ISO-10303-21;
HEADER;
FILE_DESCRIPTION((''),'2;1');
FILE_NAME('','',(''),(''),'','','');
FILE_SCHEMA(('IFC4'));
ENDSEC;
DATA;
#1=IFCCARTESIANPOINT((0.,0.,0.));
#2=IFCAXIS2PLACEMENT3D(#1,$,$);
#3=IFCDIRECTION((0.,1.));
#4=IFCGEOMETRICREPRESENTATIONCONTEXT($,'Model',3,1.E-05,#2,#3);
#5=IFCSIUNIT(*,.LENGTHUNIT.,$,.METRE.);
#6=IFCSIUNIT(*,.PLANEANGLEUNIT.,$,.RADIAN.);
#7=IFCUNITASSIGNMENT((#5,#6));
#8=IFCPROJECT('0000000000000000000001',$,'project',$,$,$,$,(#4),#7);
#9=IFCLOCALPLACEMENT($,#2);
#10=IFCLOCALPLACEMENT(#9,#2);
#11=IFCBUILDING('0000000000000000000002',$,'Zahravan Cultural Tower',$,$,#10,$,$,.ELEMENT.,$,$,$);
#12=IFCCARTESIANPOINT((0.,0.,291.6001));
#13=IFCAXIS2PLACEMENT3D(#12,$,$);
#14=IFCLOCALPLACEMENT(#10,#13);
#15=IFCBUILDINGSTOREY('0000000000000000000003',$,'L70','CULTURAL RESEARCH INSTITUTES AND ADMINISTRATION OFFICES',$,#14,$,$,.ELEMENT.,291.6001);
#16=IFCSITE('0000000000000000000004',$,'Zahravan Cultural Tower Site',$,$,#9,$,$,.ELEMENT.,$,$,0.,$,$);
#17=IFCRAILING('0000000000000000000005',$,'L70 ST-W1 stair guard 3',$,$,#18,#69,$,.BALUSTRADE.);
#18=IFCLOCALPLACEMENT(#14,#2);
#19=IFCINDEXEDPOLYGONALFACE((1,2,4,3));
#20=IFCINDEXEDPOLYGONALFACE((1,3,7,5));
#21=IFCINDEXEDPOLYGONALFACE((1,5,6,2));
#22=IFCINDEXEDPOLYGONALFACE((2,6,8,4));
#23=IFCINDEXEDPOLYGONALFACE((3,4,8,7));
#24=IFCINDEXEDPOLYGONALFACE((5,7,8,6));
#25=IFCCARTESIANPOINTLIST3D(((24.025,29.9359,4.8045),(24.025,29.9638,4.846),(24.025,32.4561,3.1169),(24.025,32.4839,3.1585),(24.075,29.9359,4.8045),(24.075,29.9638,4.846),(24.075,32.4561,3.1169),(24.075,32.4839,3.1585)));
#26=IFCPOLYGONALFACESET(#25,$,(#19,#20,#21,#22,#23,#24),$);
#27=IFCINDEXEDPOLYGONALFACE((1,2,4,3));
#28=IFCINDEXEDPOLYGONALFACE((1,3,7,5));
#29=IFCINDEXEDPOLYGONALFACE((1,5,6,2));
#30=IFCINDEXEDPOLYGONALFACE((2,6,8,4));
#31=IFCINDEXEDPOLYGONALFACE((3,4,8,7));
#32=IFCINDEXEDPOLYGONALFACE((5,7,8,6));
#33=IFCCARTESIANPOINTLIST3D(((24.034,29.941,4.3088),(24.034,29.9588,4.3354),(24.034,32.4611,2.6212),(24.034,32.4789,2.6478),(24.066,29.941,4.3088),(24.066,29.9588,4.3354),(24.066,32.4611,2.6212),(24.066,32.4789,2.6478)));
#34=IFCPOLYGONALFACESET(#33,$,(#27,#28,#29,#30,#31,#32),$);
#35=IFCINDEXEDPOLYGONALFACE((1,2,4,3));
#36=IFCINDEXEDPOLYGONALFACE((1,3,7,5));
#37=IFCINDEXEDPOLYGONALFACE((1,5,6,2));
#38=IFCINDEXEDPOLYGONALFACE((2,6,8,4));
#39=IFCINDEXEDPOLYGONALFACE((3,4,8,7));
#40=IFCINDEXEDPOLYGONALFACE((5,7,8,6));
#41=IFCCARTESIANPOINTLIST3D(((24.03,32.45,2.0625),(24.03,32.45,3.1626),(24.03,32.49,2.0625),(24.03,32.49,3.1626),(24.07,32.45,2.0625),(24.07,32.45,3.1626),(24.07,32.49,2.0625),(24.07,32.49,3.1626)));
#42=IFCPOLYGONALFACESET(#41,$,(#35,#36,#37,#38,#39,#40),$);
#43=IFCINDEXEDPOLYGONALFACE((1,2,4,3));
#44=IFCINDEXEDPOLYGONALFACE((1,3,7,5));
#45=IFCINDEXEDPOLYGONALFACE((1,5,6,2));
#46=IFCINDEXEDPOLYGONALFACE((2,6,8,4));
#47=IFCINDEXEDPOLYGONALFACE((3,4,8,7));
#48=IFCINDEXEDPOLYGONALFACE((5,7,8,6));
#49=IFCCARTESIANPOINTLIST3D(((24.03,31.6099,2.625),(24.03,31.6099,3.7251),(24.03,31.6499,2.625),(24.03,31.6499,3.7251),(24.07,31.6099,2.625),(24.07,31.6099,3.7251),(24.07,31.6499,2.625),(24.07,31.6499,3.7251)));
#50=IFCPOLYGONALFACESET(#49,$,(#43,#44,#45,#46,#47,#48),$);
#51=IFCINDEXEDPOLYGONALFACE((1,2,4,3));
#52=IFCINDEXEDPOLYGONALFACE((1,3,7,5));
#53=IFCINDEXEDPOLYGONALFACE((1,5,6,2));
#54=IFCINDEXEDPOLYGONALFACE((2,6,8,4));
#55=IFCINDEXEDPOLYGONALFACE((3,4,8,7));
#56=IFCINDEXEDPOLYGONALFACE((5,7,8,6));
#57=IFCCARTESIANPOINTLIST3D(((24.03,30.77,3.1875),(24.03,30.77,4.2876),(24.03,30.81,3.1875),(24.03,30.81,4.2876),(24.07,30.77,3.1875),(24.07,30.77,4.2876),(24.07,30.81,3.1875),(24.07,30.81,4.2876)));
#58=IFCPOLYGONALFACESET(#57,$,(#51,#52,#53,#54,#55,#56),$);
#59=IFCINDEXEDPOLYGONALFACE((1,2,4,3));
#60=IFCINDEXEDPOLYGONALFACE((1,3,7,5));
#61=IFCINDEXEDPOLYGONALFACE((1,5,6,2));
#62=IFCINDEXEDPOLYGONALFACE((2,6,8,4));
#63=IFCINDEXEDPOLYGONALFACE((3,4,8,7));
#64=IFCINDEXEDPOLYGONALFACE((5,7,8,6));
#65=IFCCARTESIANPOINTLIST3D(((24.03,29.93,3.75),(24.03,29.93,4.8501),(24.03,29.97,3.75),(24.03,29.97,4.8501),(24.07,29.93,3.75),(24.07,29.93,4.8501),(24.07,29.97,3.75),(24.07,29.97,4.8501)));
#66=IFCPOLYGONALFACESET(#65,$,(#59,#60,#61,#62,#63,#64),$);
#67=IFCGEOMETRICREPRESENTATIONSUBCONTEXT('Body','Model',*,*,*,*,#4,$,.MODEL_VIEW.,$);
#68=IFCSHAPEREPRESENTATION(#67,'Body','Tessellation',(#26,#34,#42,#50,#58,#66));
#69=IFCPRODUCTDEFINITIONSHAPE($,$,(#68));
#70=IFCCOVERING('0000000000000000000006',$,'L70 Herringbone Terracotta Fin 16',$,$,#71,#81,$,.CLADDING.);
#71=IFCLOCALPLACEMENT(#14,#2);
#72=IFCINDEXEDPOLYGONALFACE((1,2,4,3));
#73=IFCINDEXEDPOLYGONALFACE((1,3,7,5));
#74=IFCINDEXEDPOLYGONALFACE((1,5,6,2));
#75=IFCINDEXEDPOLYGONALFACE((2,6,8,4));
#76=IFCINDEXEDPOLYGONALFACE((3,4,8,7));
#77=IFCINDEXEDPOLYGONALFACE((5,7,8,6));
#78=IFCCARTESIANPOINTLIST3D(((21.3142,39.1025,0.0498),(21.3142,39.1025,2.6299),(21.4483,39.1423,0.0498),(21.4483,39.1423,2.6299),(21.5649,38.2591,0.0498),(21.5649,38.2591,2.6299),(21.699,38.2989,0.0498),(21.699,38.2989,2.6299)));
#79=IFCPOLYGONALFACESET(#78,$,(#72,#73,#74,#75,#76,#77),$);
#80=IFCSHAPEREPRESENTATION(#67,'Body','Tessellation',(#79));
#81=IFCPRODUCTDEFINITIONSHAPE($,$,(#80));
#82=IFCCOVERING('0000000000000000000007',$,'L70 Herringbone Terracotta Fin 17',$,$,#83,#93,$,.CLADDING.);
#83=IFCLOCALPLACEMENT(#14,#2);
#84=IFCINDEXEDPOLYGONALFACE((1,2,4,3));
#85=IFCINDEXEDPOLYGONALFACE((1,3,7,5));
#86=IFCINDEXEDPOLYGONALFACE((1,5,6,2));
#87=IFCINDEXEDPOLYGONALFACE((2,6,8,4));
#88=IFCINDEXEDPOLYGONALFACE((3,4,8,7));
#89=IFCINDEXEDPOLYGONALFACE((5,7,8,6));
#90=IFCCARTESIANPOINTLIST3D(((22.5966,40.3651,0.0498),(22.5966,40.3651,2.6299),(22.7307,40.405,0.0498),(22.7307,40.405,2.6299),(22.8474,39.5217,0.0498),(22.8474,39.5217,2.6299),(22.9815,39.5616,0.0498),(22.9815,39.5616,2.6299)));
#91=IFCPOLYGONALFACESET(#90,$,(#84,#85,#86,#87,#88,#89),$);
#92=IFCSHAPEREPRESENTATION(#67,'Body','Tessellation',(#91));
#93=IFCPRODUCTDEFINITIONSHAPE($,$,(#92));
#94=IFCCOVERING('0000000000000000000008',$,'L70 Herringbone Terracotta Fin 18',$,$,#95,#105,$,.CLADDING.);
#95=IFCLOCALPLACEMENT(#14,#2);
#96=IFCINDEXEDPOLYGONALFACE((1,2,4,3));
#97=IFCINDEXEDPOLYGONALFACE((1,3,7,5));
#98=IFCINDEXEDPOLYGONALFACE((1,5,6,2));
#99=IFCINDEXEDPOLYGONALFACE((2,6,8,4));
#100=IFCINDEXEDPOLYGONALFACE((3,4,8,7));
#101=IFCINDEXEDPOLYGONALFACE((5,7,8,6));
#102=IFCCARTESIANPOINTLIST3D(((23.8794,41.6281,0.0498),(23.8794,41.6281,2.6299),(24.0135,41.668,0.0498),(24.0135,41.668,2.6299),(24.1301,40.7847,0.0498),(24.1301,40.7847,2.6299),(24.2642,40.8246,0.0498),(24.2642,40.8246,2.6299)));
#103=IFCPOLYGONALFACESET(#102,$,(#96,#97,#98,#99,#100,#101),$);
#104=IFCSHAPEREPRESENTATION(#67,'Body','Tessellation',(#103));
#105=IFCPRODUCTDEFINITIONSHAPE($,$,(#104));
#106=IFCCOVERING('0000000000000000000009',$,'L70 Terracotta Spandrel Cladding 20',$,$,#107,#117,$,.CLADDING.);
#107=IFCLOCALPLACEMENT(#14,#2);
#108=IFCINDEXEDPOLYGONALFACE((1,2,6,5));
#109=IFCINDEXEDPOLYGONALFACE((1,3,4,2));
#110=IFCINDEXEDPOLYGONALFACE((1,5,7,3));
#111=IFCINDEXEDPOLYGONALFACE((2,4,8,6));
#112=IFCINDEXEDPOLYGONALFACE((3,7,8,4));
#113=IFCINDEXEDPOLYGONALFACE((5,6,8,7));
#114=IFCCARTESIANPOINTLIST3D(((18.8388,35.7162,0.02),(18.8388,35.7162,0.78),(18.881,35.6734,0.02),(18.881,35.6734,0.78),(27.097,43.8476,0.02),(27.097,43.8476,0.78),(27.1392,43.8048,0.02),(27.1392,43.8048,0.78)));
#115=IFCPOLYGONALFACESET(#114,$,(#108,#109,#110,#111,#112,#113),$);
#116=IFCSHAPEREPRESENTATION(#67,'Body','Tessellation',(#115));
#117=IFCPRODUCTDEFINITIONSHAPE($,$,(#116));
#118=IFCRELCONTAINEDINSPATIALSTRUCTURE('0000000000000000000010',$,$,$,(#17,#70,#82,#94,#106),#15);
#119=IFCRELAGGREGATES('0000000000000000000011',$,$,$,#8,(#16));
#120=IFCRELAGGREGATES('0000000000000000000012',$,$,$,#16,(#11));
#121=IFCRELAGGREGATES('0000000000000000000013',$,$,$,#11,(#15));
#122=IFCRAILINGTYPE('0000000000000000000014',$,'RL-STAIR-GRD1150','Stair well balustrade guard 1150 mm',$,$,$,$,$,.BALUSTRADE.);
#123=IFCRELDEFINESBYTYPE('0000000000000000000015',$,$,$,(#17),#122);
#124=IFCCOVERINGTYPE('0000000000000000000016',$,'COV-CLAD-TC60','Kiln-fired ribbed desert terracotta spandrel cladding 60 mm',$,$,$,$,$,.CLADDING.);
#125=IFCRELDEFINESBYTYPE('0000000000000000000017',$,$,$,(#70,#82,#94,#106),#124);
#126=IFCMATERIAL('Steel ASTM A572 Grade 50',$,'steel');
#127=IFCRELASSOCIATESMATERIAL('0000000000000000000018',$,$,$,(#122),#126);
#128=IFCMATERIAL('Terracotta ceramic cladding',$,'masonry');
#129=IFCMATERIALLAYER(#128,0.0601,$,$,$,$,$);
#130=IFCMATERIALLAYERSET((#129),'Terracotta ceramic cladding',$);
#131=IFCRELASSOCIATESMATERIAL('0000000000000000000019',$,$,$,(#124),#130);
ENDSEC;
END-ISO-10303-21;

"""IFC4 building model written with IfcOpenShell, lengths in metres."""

from ifc_helpers import new_model, si_unit, direction, frame, origin, origin_2d, place, context, subcontext, project, spatial, rectangle, extrude, source, transform, mapped, material, layer, layer_set, type_object, element, save


model = new_model("IFC4")

# Units and contexts
model_context = context("Model", 3, precision=1e-05, world=origin(), true_north=direction((0.0, 1.0)))
body_context = subcontext(model_context, "Body", "Model", "MODEL_VIEW")
ifc_project = project(units=[si_unit("LENGTHUNIT", "METRE"), si_unit("PLANEANGLEUNIT", "RADIAN")], contexts=[model_context])

# Site, building, storey
site_placement = place(None, origin())
site = spatial("IfcSite", under=ifc_project, at=site_placement, Name="Zahravan Cultural Tower Site", CompositionType="ELEMENT", RefElevation=0.0)
building_placement = place(site_placement, origin())
building = spatial("IfcBuilding", under=site, at=building_placement, Name="Zahravan Cultural Tower", CompositionType="ELEMENT")
storey_placement = place(building_placement, frame((0.0, 0.0, 291.6001)))
storey = spatial("IfcBuildingStorey", under=building, at=storey_placement, Name="L70", Description="CULTURAL RESEARCH INSTITUTES AND ADMINISTRATION OFFICES", CompositionType="ELEMENT", Elevation=291.6001)

# Railing
ifc_material_1 = material(Name="Steel ASTM A572 Grade 50", Category="steel")
railing_type = type_object("IfcRailingType", Name="RL-STAIR-GRD1150", Description="Stair well balustrade guard 1150 mm", PredefinedType="BALUSTRADE", material=ifc_material_1)
railing_placement = place(storey_placement, frame((24.05, 32.47, 2.0625)))
element("IfcRailing", 1, at=railing_placement, inside=storey, type_object=railing_type, Name="L70 ST-W1 stair guard 3", PredefinedType="BALUSTRADE", context=body_context, shape_type="SweptSolid", body=[
    extrude(rectangle(XDim=0.05, YDim=0.05, at=origin_2d()), frame((0.0, 0.0, 1.0752), z_axis=(0.0, -0.830909, 0.556408), x_axis=(1.0, 0.0, 0.0)), (0.0, 0.0, 1.0), 3.033),
    extrude(rectangle(XDim=0.032, YDim=0.032, at=origin_2d()), frame((0.0, 0.0, 0.572), z_axis=(0.0, -0.830909, 0.556408), x_axis=(1.0, 0.0, 0.0)), (0.0, 0.0, 1.0), 3.033),
    extrude(rectangle(XDim=0.04, YDim=0.04, at=origin_2d()), origin(), (0.0, 0.0, 1.0), 1.1001),
    extrude(rectangle(XDim=0.04, YDim=0.04, at=origin_2d()), frame((0.0, -0.8401, 0.5625)), (0.0, 0.0, 1.0), 1.1001),
    extrude(rectangle(XDim=0.04, YDim=0.04, at=origin_2d()), frame((0.0, -1.6799, 1.125)), (0.0, 0.0, 1.0), 1.1001),
    extrude(rectangle(XDim=0.04, YDim=0.04, at=origin_2d()), frame((0.0, -2.52, 1.6875)), (0.0, 0.0, 1.0), 1.1001),
])

# Coverings
ifc_material_2 = material(Name="Terracotta ceramic cladding", Category="masonry")
ifc_layer_1 = layer(ifc_material_2, 0.0601)
ifc_layer_set_1 = layer_set([ifc_layer_1], Name="Terracotta ceramic cladding")
covering_type = type_object("IfcCoveringType", Name="COV-CLAD-TC60", Description="Kiln-fired ribbed desert terracotta spandrel cladding 60 mm", PredefinedType="CLADDING", material=ifc_layer_set_1)
shared_shape_1 = source(origin(), body_context, "Body", "SweptSolid", [
    extrude(rectangle(XDim=0.8799, YDim=0.1399, at=origin_2d()), origin(), (0.0, 0.0, 1.0), 2.5801),
])
for number, where, z_axis, x_axis, name in (
    (2, (21.5066, 38.7007, 0.0498), (0.0, 0.0, 1.0), (-0.284969, 0.958537, 0.0), "L70 Herringbone Terracotta Fin 16"),
    (3, (22.7891, 39.9634, 0.0498), (0.0, 0.0, 1.0), (-0.284969, 0.958537, 0.0), "L70 Herringbone Terracotta Fin 17"),
    (4, (24.0718, 41.2263, 0.0498), (0.0, 0.0, 1.0), (-0.284969, 0.958537, 0.0), "L70 Herringbone Terracotta Fin 18"),
):
    element("IfcCovering", number, at=place(storey_placement, frame(where, z_axis=z_axis, x_axis=x_axis)), inside=storey, type_object=covering_type, Name=name, PredefinedType="CLADDING", context=body_context, shape_type="MappedRepresentation", body=[
        mapped(shared_shape_1, transform((0.0, 0.0, 0.0), x_axis=(1.0, 0.0, 0.0), y_axis=(0.0, 1.0, 0.0), z_axis=(0.0, 0.0, 1.0), scale=1.0)),
    ])
shared_shape_2 = source(origin(), body_context, "Body", "SweptSolid", [
    extrude(rectangle(XDim=11.5896, YDim=0.0601, at=origin_2d()), origin(), (0.0, 0.0, 1.0), 0.76),
])
covering_placement = place(storey_placement, frame((22.989, 39.7605, 0.02), z_axis=(0.0, 0.0, 1.0), x_axis=(0.712553, 0.701618, 0.0)))
element("IfcCovering", 5, at=covering_placement, inside=storey, type_object=covering_type, Name="L70 Terracotta Spandrel Cladding 20", PredefinedType="CLADDING", context=body_context, shape_type="MappedRepresentation", body=[
    mapped(shared_shape_2, transform((0.0, 0.0, 0.0), x_axis=(1.0, 0.0, 0.0), y_axis=(0.0, 1.0, 0.0), z_axis=(0.0, 0.0, 1.0), scale=1.0)),
])

save(model, "model.ifc")
